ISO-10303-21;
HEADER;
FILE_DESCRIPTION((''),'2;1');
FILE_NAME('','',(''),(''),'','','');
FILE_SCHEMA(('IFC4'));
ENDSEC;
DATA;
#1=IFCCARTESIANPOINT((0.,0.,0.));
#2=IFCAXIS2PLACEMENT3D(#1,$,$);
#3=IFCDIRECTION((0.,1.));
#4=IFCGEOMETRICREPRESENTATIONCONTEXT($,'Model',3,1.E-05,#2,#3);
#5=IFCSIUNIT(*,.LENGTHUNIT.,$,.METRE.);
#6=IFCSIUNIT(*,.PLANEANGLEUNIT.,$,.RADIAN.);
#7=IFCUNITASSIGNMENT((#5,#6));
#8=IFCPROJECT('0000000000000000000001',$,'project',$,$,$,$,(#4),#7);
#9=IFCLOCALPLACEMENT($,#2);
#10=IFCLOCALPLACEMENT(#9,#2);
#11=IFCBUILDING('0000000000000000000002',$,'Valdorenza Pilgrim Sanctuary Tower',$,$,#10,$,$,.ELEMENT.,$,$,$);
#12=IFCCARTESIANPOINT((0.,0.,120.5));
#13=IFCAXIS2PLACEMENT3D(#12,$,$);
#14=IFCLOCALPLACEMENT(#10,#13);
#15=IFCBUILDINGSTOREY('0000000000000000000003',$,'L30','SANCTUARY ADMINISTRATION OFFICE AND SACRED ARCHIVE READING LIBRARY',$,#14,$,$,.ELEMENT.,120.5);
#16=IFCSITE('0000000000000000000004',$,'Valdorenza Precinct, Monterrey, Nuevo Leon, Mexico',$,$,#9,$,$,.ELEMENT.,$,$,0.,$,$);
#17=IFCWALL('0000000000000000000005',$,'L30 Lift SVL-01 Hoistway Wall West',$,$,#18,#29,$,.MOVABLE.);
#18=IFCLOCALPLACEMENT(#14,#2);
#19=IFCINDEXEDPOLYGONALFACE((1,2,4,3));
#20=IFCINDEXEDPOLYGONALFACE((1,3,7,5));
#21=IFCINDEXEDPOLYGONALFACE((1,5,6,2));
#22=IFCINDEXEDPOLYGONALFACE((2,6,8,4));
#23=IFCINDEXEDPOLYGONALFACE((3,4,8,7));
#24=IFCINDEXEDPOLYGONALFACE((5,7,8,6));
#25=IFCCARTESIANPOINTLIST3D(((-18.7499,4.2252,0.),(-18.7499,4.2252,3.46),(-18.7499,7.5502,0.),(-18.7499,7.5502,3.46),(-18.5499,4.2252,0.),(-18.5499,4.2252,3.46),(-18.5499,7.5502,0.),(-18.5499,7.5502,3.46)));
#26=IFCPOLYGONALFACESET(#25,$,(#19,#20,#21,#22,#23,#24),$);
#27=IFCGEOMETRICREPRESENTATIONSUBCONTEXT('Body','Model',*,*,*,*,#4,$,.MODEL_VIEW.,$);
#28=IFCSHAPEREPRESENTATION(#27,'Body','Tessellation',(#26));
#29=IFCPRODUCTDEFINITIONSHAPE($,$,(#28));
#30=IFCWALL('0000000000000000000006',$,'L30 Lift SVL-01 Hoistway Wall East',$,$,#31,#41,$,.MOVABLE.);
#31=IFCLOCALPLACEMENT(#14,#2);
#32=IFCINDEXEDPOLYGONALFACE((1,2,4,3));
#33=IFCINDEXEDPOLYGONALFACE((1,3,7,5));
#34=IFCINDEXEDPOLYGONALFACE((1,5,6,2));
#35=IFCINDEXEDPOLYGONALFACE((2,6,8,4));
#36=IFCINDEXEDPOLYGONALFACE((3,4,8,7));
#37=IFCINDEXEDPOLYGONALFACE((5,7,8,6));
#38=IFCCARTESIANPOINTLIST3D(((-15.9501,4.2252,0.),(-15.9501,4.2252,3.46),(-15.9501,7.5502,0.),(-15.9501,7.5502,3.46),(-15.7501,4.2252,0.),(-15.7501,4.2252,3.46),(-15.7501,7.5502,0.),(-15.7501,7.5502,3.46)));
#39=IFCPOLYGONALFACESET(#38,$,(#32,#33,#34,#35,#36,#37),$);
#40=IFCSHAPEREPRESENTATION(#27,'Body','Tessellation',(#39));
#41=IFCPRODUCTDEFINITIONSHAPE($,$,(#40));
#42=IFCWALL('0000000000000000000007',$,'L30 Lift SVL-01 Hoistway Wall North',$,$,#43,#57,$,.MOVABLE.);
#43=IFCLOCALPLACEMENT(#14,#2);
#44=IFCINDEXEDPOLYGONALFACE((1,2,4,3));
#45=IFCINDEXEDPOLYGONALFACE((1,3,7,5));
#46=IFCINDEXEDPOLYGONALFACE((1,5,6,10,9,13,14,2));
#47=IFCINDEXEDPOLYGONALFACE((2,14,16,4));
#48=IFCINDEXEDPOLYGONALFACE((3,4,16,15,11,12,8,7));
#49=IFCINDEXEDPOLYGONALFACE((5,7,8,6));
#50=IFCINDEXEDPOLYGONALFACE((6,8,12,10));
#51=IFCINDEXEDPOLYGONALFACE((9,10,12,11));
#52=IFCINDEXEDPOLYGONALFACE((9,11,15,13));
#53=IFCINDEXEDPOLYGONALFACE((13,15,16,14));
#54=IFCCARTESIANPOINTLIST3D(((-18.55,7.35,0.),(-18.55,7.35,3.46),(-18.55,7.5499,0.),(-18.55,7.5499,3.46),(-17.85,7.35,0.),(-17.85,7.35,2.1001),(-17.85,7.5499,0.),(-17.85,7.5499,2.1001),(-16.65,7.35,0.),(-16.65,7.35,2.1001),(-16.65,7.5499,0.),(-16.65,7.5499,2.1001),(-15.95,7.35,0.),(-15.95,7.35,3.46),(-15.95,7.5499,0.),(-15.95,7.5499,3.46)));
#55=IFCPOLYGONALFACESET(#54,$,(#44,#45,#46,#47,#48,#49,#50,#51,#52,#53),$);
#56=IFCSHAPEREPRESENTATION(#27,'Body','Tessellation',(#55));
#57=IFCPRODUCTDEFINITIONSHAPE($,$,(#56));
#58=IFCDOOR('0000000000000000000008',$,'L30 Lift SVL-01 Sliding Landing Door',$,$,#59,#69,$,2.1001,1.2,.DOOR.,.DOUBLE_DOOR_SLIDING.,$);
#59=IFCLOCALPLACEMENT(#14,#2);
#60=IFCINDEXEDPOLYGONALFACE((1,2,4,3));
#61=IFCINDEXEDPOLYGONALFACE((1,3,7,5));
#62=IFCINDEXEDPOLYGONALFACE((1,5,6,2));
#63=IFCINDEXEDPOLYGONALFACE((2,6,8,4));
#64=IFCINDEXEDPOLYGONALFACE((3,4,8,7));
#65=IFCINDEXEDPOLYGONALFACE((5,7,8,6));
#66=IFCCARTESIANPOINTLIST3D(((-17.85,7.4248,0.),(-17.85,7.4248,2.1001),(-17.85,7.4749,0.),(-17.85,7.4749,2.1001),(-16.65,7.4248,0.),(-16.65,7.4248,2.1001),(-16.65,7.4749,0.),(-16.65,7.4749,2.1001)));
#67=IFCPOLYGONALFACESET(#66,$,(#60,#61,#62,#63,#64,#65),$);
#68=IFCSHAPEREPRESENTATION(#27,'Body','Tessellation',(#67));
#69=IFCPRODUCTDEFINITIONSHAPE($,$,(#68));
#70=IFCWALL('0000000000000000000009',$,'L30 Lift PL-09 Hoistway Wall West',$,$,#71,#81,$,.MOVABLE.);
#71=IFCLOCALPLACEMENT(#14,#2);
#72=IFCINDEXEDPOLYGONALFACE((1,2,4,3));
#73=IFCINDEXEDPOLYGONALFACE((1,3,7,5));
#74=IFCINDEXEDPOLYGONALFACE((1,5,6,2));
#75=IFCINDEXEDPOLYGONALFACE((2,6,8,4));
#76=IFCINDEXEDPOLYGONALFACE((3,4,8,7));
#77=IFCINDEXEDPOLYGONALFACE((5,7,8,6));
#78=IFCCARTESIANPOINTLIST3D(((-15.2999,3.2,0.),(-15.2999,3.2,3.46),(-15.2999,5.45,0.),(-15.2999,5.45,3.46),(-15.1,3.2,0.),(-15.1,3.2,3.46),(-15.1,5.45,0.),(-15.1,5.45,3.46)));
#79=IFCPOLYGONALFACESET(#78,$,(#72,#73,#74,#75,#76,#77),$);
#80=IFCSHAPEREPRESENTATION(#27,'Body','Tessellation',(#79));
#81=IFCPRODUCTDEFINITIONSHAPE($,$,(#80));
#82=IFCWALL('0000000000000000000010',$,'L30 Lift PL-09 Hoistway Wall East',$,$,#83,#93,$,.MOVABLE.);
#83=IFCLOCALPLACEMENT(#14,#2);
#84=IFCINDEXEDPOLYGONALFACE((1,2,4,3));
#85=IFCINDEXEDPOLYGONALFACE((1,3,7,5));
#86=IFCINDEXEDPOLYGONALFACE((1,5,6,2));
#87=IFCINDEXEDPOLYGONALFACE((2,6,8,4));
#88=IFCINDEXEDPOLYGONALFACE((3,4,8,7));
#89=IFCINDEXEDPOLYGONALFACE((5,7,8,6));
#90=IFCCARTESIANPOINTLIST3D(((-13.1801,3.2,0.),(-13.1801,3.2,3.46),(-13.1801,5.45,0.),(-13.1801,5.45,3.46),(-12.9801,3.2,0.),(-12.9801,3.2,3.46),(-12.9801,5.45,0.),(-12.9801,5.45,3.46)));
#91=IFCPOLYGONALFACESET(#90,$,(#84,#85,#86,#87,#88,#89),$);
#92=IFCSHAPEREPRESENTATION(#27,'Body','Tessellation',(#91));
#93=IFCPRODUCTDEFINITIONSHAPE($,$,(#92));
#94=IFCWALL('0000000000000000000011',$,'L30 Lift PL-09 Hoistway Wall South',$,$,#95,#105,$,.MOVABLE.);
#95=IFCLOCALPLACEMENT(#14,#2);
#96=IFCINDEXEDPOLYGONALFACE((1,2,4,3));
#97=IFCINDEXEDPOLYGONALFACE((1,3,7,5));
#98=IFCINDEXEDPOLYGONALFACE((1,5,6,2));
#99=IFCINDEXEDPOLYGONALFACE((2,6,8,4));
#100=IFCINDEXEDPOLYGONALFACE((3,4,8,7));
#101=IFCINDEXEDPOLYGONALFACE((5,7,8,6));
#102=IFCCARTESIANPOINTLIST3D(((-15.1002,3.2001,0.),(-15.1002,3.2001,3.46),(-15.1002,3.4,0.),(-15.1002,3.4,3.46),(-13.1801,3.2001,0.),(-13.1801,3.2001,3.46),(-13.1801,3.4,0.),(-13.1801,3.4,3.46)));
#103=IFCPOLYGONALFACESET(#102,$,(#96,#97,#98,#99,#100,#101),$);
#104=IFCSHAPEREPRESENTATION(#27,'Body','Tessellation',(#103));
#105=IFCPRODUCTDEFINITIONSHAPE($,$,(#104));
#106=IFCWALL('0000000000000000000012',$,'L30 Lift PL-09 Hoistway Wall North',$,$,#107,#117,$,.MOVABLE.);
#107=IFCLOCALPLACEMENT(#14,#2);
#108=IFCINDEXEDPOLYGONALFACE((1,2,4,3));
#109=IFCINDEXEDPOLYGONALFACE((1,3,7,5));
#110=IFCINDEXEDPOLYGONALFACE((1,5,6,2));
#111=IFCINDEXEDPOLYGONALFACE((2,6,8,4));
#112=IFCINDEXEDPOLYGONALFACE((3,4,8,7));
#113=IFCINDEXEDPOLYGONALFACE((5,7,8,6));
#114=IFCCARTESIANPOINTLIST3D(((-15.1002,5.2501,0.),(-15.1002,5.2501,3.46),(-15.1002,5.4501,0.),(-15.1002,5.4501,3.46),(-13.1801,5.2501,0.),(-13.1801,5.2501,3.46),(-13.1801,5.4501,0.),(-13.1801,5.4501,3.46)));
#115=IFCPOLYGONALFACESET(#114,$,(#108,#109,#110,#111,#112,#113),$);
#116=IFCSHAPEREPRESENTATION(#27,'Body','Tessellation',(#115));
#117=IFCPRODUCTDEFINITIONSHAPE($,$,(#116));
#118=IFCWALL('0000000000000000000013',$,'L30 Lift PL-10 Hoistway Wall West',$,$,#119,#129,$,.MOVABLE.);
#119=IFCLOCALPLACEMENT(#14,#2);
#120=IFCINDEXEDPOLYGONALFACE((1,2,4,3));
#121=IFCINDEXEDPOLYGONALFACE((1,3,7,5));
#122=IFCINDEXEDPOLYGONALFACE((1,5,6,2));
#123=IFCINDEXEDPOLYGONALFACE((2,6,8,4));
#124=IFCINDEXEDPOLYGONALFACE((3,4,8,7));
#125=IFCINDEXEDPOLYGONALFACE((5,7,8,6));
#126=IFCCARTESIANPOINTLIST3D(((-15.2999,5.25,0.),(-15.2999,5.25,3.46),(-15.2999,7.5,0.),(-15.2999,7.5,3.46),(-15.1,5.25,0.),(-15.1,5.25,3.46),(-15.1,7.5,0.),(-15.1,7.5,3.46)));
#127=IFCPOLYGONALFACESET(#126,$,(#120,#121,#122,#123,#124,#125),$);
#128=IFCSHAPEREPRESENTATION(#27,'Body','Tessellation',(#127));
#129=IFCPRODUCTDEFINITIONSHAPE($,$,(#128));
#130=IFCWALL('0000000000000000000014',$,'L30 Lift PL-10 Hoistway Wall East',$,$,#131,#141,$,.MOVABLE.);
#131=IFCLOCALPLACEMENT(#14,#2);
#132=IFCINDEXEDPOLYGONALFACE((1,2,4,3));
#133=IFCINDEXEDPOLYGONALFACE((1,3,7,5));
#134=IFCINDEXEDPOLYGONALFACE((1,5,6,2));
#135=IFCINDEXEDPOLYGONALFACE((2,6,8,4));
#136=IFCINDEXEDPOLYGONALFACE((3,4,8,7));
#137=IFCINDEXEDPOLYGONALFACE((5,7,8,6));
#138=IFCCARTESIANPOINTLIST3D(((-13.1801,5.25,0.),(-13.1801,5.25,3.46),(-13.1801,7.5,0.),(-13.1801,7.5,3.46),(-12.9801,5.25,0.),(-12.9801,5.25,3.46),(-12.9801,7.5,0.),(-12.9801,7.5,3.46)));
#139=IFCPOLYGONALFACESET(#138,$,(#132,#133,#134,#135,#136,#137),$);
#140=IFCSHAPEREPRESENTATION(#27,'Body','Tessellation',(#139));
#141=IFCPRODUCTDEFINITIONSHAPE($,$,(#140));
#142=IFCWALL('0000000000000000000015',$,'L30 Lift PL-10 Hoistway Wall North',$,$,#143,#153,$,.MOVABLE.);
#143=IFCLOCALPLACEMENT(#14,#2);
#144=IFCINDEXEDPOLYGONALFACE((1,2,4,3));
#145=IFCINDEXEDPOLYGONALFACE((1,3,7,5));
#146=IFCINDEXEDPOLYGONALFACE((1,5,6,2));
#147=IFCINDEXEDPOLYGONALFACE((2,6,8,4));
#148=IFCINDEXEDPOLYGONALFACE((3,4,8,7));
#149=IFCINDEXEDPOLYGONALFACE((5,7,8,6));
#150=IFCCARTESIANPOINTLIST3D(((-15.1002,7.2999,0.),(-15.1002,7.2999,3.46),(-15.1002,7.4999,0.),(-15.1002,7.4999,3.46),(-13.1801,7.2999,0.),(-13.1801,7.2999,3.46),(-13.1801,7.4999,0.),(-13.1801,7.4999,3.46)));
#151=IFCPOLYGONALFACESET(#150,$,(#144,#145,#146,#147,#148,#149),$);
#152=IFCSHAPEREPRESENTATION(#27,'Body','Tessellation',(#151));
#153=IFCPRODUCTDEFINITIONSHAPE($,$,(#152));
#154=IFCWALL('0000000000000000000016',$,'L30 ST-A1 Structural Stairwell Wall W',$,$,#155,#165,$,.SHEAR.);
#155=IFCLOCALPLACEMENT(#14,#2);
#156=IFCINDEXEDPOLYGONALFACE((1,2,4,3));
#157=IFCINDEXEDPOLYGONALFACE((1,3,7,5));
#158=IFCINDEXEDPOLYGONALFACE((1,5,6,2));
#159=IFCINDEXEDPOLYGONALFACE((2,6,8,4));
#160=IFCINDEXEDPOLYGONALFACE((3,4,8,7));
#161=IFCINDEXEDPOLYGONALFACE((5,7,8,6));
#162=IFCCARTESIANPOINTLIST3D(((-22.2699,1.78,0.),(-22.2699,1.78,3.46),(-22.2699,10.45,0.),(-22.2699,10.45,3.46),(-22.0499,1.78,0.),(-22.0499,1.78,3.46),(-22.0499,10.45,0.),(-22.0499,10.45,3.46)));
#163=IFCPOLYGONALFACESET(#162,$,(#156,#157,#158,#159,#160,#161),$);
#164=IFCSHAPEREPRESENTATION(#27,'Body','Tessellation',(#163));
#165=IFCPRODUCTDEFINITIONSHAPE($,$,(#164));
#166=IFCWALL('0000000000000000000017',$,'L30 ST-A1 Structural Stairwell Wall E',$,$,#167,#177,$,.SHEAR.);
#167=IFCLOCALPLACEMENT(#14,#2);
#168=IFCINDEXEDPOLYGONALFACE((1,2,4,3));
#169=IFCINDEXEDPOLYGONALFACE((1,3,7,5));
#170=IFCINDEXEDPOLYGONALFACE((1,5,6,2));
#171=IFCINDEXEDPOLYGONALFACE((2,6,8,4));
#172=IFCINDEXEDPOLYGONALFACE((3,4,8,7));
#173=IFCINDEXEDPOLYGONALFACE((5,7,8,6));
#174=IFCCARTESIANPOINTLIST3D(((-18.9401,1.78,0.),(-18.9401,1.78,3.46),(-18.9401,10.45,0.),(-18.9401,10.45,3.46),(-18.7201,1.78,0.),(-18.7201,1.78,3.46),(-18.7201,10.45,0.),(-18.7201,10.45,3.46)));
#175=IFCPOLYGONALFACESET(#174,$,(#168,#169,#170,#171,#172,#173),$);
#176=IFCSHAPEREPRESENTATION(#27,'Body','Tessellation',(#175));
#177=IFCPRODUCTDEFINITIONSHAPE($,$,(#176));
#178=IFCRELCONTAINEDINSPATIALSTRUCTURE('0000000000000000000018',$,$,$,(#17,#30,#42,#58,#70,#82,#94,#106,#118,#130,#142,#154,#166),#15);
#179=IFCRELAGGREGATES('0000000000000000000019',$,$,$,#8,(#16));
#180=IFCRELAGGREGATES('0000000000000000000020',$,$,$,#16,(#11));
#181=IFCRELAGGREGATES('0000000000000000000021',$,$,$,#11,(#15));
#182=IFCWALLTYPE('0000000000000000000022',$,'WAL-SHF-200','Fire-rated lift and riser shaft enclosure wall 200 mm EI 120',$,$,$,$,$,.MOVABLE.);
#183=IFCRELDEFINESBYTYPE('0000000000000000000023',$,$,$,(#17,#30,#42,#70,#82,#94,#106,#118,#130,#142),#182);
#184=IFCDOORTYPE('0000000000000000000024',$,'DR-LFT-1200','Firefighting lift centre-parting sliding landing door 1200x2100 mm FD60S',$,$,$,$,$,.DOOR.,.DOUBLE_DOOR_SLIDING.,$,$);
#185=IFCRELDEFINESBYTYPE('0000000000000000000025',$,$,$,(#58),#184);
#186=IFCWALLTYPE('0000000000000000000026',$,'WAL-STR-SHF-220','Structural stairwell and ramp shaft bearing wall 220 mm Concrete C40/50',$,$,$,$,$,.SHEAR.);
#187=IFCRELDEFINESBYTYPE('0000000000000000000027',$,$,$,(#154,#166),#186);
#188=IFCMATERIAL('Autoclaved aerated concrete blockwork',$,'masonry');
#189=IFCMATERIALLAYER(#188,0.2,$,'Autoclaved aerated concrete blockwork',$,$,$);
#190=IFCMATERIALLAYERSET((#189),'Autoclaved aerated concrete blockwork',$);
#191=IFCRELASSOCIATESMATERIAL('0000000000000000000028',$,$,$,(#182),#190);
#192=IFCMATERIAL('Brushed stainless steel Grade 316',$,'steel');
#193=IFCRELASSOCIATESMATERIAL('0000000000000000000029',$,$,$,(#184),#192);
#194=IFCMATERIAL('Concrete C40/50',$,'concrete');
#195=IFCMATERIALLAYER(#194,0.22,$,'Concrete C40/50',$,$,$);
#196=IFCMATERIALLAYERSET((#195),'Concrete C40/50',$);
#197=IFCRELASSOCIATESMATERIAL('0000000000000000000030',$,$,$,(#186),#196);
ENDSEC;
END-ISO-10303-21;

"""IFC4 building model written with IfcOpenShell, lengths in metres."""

from ifc_helpers import new_model, si_unit, direction, frame, frame_2d, origin, place, context, subcontext, project, spatial, rectangle, extrude, material, layer, layer_set, type_object, element, fill, save


model = new_model("IFC4")

# Units and contexts
model_context = context("Model", 3, precision=1e-05, world=origin(), true_north=direction((0.0, 1.0)))
body_context = subcontext(model_context, "Body", "Model", "MODEL_VIEW")
ifc_project = project(units=[si_unit("LENGTHUNIT", "METRE"), si_unit("PLANEANGLEUNIT", "RADIAN")], contexts=[model_context])

# Site, building, storey
site_placement = place(None, origin())
site = spatial("IfcSite", under=ifc_project, at=site_placement, Name="Valdorenza Precinct, Monterrey, Nuevo Leon, Mexico", CompositionType="ELEMENT", RefElevation=0.0)
building_placement = place(site_placement, origin())
building = spatial("IfcBuilding", under=site, at=building_placement, Name="Valdorenza Pilgrim Sanctuary Tower", CompositionType="ELEMENT")
storey_placement = place(building_placement, frame((0.0, 0.0, 120.5)))
storey = spatial("IfcBuildingStorey", under=building, at=storey_placement, Name="L30", Description="SANCTUARY ADMINISTRATION OFFICE AND SACRED ARCHIVE READING LIBRARY", CompositionType="ELEMENT", Elevation=120.5)

# Walls
ifc_material_1 = material(Name="Autoclaved aerated concrete blockwork", Category="masonry")
ifc_layer_1 = layer(ifc_material_1, 0.2, Name="Autoclaved aerated concrete blockwork")
ifc_layer_set_1 = layer_set([ifc_layer_1], Name="Autoclaved aerated concrete blockwork")
wall_type_1 = type_object("IfcWallType", Name="WAL-SHF-200", Description="Fire-rated lift and riser shaft enclosure wall 200 mm EI 120", PredefinedType="MOVABLE", material=ifc_layer_set_1)
for number, where, z_axis, x_axis, name in (
    (1, (-18.6499, 4.2251, 0.0), (0.0, 0.0, 1.0), (0.0, 1.0, 0.0), "L30 Lift SVL-01 Hoistway Wall West"),
    (2, (-15.8501, 4.2251, 0.0), (0.0, 0.0, 1.0), (0.0, 1.0, 0.0), "L30 Lift SVL-01 Hoistway Wall East"),
):
    element("IfcWall", number, at=place(storey_placement, frame(where, z_axis=z_axis, x_axis=x_axis)), inside=storey, type_object=wall_type_1, Name=name, PredefinedType="MOVABLE", context=body_context, shape_type="SweptSolid", body=[
        extrude(rectangle(XDim=3.325, YDim=0.2, at=frame_2d((1.6626, 0.0))), origin(), (0.0, 0.0, 1.0), 3.46),
    ])

# Wall, opening, door
wall_1_placement = place(storey_placement, frame((-18.55, 7.45, 0.0), z_axis=(0.0, 0.0, 1.0), x_axis=(1.0, 0.0, 0.0)))
wall_1 = element("IfcWall", 3, at=wall_1_placement, inside=storey, type_object=wall_type_1, Name="L30 Lift SVL-01 Hoistway Wall North", PredefinedType="MOVABLE", context=body_context, shape_type="SweptSolid", body=[
    extrude(rectangle(XDim=2.6001, YDim=0.2, at=frame_2d((1.3, 0.0))), origin(), (0.0, 0.0, 1.0), 3.46),
])
opening_1_placement = place(wall_1_placement, frame((0.7, 0.0, 0.0)))
opening_1 = element("IfcOpeningElement", 4, at=opening_1_placement, cuts=wall_1, PredefinedType="OPENING", context=body_context, shape_type="SweptSolid", body=[
    extrude(rectangle(XDim=1.2, YDim=2.1001, at=frame_2d((0.6001, 1.05))), frame((0.0, 0.1147, 0.0), z_axis=(0.0, -1.0, 0.0), x_axis=(1.0, 0.0, 0.0)), (0.0, 0.0, 1.0), 0.2297),
])
ifc_material_2 = material(Name="Brushed stainless steel Grade 316", Category="steel")
door_type_1 = type_object("IfcDoorType", Name="DR-LFT-1200", Description="Firefighting lift centre-parting sliding landing door 1200x2100 mm FD60S", OperationType="DOUBLE_DOOR_SLIDING", PredefinedType="DOOR", material=ifc_material_2)
door_1_placement = place(opening_1_placement, origin())
door_1 = element("IfcDoor", 5, at=door_1_placement, inside=storey, type_object=door_type_1, Name="L30 Lift SVL-01 Sliding Landing Door", OperationType="DOUBLE_DOOR_SLIDING", OverallHeight=2.1001, OverallWidth=1.2, PredefinedType="DOOR", context=body_context, shape_type="SweptSolid", body=[
    extrude(rectangle(XDim=1.2, YDim=2.1001, at=frame_2d((0.6001, 1.05))), frame((0.0, 0.0249, 0.0), z_axis=(0.0, -1.0, 0.0), x_axis=(1.0, 0.0, 0.0)), (0.0, 0.0, 1.0), 0.05),
])
fill(opening_1, door_1)

# Walls
for number, where, z_axis, x_axis, name in (
    (6, (-15.2, 3.2, 0.0), (0.0, 0.0, 1.0), (0.0, 1.0, 0.0), "L30 Lift PL-09 Hoistway Wall West"),
    (7, (-13.0801, 3.2, 0.0), (0.0, 0.0, 1.0), (0.0, 1.0, 0.0), "L30 Lift PL-09 Hoistway Wall East"),
):
    element("IfcWall", number, at=place(storey_placement, frame(where, z_axis=z_axis, x_axis=x_axis)), inside=storey, type_object=wall_type_1, Name=name, PredefinedType="MOVABLE", context=body_context, shape_type="SweptSolid", body=[
        extrude(rectangle(XDim=2.25, YDim=0.2, at=frame_2d((1.125, 0.0))), origin(), (0.0, 0.0, 1.0), 3.46),
    ])
for number, where, z_axis, x_axis, name in (
    (8, (-15.1001, 3.3, 0.0), (0.0, 0.0, 1.0), (1.0, 0.0, 0.0), "L30 Lift PL-09 Hoistway Wall South"),
    (9, (-15.1001, 5.3501, 0.0), (0.0, 0.0, 1.0), (1.0, 0.0, 0.0), "L30 Lift PL-09 Hoistway Wall North"),
):
    element("IfcWall", number, at=place(storey_placement, frame(where, z_axis=z_axis, x_axis=x_axis)), inside=storey, type_object=wall_type_1, Name=name, PredefinedType="MOVABLE", context=body_context, shape_type="SweptSolid", body=[
        extrude(rectangle(XDim=1.9202, YDim=0.2, at=frame_2d((0.96, 0.0))), origin(), (0.0, 0.0, 1.0), 3.46),
    ])
for number, where, z_axis, x_axis, name in (
    (10, (-15.2, 5.25, 0.0), (0.0, 0.0, 1.0), (0.0, 1.0, 0.0), "L30 Lift PL-10 Hoistway Wall West"),
    (11, (-13.0801, 5.25, 0.0), (0.0, 0.0, 1.0), (0.0, 1.0, 0.0), "L30 Lift PL-10 Hoistway Wall East"),
):
    element("IfcWall", number, at=place(storey_placement, frame(where, z_axis=z_axis, x_axis=x_axis)), inside=storey, type_object=wall_type_1, Name=name, PredefinedType="MOVABLE", context=body_context, shape_type="SweptSolid", body=[
        extrude(rectangle(XDim=2.25, YDim=0.2, at=frame_2d((1.125, 0.0))), origin(), (0.0, 0.0, 1.0), 3.46),
    ])
wall_2_placement = place(storey_placement, frame((-15.1001, 7.3999, 0.0), z_axis=(0.0, 0.0, 1.0), x_axis=(1.0, 0.0, 0.0)))
element("IfcWall", 12, at=wall_2_placement, inside=storey, type_object=wall_type_1, Name="L30 Lift PL-10 Hoistway Wall North", PredefinedType="MOVABLE", context=body_context, shape_type="SweptSolid", body=[
    extrude(rectangle(XDim=1.9202, YDim=0.2, at=frame_2d((0.96, 0.0))), origin(), (0.0, 0.0, 1.0), 3.46),
])
ifc_material_3 = material(Name="Concrete C40/50", Category="concrete")
ifc_layer_2 = layer(ifc_material_3, 0.22, Name="Concrete C40/50")
ifc_layer_set_2 = layer_set([ifc_layer_2], Name="Concrete C40/50")
wall_type_2 = type_object("IfcWallType", Name="WAL-STR-SHF-220", Description="Structural stairwell and ramp shaft bearing wall 220 mm Concrete C40/50", PredefinedType="SHEAR", material=ifc_layer_set_2)
for number, where, z_axis, x_axis, name in (
    (13, (-22.1599, 1.78, 0.0), (0.0, 0.0, 1.0), (0.0, 1.0, 0.0), "L30 ST-A1 Structural Stairwell Wall W"),
    (14, (-18.8301, 1.78, 0.0), (0.0, 0.0, 1.0), (0.0, 1.0, 0.0), "L30 ST-A1 Structural Stairwell Wall E"),
):
    element("IfcWall", number, at=place(storey_placement, frame(where, z_axis=z_axis, x_axis=x_axis)), inside=storey, type_object=wall_type_2, Name=name, PredefinedType="SHEAR", context=body_context, shape_type="SweptSolid", body=[
        extrude(rectangle(XDim=8.6699, YDim=0.22, at=frame_2d((4.335, 0.0))), origin(), (0.0, 0.0, 1.0), 3.46),
    ])

save(model, "model.ifc")
